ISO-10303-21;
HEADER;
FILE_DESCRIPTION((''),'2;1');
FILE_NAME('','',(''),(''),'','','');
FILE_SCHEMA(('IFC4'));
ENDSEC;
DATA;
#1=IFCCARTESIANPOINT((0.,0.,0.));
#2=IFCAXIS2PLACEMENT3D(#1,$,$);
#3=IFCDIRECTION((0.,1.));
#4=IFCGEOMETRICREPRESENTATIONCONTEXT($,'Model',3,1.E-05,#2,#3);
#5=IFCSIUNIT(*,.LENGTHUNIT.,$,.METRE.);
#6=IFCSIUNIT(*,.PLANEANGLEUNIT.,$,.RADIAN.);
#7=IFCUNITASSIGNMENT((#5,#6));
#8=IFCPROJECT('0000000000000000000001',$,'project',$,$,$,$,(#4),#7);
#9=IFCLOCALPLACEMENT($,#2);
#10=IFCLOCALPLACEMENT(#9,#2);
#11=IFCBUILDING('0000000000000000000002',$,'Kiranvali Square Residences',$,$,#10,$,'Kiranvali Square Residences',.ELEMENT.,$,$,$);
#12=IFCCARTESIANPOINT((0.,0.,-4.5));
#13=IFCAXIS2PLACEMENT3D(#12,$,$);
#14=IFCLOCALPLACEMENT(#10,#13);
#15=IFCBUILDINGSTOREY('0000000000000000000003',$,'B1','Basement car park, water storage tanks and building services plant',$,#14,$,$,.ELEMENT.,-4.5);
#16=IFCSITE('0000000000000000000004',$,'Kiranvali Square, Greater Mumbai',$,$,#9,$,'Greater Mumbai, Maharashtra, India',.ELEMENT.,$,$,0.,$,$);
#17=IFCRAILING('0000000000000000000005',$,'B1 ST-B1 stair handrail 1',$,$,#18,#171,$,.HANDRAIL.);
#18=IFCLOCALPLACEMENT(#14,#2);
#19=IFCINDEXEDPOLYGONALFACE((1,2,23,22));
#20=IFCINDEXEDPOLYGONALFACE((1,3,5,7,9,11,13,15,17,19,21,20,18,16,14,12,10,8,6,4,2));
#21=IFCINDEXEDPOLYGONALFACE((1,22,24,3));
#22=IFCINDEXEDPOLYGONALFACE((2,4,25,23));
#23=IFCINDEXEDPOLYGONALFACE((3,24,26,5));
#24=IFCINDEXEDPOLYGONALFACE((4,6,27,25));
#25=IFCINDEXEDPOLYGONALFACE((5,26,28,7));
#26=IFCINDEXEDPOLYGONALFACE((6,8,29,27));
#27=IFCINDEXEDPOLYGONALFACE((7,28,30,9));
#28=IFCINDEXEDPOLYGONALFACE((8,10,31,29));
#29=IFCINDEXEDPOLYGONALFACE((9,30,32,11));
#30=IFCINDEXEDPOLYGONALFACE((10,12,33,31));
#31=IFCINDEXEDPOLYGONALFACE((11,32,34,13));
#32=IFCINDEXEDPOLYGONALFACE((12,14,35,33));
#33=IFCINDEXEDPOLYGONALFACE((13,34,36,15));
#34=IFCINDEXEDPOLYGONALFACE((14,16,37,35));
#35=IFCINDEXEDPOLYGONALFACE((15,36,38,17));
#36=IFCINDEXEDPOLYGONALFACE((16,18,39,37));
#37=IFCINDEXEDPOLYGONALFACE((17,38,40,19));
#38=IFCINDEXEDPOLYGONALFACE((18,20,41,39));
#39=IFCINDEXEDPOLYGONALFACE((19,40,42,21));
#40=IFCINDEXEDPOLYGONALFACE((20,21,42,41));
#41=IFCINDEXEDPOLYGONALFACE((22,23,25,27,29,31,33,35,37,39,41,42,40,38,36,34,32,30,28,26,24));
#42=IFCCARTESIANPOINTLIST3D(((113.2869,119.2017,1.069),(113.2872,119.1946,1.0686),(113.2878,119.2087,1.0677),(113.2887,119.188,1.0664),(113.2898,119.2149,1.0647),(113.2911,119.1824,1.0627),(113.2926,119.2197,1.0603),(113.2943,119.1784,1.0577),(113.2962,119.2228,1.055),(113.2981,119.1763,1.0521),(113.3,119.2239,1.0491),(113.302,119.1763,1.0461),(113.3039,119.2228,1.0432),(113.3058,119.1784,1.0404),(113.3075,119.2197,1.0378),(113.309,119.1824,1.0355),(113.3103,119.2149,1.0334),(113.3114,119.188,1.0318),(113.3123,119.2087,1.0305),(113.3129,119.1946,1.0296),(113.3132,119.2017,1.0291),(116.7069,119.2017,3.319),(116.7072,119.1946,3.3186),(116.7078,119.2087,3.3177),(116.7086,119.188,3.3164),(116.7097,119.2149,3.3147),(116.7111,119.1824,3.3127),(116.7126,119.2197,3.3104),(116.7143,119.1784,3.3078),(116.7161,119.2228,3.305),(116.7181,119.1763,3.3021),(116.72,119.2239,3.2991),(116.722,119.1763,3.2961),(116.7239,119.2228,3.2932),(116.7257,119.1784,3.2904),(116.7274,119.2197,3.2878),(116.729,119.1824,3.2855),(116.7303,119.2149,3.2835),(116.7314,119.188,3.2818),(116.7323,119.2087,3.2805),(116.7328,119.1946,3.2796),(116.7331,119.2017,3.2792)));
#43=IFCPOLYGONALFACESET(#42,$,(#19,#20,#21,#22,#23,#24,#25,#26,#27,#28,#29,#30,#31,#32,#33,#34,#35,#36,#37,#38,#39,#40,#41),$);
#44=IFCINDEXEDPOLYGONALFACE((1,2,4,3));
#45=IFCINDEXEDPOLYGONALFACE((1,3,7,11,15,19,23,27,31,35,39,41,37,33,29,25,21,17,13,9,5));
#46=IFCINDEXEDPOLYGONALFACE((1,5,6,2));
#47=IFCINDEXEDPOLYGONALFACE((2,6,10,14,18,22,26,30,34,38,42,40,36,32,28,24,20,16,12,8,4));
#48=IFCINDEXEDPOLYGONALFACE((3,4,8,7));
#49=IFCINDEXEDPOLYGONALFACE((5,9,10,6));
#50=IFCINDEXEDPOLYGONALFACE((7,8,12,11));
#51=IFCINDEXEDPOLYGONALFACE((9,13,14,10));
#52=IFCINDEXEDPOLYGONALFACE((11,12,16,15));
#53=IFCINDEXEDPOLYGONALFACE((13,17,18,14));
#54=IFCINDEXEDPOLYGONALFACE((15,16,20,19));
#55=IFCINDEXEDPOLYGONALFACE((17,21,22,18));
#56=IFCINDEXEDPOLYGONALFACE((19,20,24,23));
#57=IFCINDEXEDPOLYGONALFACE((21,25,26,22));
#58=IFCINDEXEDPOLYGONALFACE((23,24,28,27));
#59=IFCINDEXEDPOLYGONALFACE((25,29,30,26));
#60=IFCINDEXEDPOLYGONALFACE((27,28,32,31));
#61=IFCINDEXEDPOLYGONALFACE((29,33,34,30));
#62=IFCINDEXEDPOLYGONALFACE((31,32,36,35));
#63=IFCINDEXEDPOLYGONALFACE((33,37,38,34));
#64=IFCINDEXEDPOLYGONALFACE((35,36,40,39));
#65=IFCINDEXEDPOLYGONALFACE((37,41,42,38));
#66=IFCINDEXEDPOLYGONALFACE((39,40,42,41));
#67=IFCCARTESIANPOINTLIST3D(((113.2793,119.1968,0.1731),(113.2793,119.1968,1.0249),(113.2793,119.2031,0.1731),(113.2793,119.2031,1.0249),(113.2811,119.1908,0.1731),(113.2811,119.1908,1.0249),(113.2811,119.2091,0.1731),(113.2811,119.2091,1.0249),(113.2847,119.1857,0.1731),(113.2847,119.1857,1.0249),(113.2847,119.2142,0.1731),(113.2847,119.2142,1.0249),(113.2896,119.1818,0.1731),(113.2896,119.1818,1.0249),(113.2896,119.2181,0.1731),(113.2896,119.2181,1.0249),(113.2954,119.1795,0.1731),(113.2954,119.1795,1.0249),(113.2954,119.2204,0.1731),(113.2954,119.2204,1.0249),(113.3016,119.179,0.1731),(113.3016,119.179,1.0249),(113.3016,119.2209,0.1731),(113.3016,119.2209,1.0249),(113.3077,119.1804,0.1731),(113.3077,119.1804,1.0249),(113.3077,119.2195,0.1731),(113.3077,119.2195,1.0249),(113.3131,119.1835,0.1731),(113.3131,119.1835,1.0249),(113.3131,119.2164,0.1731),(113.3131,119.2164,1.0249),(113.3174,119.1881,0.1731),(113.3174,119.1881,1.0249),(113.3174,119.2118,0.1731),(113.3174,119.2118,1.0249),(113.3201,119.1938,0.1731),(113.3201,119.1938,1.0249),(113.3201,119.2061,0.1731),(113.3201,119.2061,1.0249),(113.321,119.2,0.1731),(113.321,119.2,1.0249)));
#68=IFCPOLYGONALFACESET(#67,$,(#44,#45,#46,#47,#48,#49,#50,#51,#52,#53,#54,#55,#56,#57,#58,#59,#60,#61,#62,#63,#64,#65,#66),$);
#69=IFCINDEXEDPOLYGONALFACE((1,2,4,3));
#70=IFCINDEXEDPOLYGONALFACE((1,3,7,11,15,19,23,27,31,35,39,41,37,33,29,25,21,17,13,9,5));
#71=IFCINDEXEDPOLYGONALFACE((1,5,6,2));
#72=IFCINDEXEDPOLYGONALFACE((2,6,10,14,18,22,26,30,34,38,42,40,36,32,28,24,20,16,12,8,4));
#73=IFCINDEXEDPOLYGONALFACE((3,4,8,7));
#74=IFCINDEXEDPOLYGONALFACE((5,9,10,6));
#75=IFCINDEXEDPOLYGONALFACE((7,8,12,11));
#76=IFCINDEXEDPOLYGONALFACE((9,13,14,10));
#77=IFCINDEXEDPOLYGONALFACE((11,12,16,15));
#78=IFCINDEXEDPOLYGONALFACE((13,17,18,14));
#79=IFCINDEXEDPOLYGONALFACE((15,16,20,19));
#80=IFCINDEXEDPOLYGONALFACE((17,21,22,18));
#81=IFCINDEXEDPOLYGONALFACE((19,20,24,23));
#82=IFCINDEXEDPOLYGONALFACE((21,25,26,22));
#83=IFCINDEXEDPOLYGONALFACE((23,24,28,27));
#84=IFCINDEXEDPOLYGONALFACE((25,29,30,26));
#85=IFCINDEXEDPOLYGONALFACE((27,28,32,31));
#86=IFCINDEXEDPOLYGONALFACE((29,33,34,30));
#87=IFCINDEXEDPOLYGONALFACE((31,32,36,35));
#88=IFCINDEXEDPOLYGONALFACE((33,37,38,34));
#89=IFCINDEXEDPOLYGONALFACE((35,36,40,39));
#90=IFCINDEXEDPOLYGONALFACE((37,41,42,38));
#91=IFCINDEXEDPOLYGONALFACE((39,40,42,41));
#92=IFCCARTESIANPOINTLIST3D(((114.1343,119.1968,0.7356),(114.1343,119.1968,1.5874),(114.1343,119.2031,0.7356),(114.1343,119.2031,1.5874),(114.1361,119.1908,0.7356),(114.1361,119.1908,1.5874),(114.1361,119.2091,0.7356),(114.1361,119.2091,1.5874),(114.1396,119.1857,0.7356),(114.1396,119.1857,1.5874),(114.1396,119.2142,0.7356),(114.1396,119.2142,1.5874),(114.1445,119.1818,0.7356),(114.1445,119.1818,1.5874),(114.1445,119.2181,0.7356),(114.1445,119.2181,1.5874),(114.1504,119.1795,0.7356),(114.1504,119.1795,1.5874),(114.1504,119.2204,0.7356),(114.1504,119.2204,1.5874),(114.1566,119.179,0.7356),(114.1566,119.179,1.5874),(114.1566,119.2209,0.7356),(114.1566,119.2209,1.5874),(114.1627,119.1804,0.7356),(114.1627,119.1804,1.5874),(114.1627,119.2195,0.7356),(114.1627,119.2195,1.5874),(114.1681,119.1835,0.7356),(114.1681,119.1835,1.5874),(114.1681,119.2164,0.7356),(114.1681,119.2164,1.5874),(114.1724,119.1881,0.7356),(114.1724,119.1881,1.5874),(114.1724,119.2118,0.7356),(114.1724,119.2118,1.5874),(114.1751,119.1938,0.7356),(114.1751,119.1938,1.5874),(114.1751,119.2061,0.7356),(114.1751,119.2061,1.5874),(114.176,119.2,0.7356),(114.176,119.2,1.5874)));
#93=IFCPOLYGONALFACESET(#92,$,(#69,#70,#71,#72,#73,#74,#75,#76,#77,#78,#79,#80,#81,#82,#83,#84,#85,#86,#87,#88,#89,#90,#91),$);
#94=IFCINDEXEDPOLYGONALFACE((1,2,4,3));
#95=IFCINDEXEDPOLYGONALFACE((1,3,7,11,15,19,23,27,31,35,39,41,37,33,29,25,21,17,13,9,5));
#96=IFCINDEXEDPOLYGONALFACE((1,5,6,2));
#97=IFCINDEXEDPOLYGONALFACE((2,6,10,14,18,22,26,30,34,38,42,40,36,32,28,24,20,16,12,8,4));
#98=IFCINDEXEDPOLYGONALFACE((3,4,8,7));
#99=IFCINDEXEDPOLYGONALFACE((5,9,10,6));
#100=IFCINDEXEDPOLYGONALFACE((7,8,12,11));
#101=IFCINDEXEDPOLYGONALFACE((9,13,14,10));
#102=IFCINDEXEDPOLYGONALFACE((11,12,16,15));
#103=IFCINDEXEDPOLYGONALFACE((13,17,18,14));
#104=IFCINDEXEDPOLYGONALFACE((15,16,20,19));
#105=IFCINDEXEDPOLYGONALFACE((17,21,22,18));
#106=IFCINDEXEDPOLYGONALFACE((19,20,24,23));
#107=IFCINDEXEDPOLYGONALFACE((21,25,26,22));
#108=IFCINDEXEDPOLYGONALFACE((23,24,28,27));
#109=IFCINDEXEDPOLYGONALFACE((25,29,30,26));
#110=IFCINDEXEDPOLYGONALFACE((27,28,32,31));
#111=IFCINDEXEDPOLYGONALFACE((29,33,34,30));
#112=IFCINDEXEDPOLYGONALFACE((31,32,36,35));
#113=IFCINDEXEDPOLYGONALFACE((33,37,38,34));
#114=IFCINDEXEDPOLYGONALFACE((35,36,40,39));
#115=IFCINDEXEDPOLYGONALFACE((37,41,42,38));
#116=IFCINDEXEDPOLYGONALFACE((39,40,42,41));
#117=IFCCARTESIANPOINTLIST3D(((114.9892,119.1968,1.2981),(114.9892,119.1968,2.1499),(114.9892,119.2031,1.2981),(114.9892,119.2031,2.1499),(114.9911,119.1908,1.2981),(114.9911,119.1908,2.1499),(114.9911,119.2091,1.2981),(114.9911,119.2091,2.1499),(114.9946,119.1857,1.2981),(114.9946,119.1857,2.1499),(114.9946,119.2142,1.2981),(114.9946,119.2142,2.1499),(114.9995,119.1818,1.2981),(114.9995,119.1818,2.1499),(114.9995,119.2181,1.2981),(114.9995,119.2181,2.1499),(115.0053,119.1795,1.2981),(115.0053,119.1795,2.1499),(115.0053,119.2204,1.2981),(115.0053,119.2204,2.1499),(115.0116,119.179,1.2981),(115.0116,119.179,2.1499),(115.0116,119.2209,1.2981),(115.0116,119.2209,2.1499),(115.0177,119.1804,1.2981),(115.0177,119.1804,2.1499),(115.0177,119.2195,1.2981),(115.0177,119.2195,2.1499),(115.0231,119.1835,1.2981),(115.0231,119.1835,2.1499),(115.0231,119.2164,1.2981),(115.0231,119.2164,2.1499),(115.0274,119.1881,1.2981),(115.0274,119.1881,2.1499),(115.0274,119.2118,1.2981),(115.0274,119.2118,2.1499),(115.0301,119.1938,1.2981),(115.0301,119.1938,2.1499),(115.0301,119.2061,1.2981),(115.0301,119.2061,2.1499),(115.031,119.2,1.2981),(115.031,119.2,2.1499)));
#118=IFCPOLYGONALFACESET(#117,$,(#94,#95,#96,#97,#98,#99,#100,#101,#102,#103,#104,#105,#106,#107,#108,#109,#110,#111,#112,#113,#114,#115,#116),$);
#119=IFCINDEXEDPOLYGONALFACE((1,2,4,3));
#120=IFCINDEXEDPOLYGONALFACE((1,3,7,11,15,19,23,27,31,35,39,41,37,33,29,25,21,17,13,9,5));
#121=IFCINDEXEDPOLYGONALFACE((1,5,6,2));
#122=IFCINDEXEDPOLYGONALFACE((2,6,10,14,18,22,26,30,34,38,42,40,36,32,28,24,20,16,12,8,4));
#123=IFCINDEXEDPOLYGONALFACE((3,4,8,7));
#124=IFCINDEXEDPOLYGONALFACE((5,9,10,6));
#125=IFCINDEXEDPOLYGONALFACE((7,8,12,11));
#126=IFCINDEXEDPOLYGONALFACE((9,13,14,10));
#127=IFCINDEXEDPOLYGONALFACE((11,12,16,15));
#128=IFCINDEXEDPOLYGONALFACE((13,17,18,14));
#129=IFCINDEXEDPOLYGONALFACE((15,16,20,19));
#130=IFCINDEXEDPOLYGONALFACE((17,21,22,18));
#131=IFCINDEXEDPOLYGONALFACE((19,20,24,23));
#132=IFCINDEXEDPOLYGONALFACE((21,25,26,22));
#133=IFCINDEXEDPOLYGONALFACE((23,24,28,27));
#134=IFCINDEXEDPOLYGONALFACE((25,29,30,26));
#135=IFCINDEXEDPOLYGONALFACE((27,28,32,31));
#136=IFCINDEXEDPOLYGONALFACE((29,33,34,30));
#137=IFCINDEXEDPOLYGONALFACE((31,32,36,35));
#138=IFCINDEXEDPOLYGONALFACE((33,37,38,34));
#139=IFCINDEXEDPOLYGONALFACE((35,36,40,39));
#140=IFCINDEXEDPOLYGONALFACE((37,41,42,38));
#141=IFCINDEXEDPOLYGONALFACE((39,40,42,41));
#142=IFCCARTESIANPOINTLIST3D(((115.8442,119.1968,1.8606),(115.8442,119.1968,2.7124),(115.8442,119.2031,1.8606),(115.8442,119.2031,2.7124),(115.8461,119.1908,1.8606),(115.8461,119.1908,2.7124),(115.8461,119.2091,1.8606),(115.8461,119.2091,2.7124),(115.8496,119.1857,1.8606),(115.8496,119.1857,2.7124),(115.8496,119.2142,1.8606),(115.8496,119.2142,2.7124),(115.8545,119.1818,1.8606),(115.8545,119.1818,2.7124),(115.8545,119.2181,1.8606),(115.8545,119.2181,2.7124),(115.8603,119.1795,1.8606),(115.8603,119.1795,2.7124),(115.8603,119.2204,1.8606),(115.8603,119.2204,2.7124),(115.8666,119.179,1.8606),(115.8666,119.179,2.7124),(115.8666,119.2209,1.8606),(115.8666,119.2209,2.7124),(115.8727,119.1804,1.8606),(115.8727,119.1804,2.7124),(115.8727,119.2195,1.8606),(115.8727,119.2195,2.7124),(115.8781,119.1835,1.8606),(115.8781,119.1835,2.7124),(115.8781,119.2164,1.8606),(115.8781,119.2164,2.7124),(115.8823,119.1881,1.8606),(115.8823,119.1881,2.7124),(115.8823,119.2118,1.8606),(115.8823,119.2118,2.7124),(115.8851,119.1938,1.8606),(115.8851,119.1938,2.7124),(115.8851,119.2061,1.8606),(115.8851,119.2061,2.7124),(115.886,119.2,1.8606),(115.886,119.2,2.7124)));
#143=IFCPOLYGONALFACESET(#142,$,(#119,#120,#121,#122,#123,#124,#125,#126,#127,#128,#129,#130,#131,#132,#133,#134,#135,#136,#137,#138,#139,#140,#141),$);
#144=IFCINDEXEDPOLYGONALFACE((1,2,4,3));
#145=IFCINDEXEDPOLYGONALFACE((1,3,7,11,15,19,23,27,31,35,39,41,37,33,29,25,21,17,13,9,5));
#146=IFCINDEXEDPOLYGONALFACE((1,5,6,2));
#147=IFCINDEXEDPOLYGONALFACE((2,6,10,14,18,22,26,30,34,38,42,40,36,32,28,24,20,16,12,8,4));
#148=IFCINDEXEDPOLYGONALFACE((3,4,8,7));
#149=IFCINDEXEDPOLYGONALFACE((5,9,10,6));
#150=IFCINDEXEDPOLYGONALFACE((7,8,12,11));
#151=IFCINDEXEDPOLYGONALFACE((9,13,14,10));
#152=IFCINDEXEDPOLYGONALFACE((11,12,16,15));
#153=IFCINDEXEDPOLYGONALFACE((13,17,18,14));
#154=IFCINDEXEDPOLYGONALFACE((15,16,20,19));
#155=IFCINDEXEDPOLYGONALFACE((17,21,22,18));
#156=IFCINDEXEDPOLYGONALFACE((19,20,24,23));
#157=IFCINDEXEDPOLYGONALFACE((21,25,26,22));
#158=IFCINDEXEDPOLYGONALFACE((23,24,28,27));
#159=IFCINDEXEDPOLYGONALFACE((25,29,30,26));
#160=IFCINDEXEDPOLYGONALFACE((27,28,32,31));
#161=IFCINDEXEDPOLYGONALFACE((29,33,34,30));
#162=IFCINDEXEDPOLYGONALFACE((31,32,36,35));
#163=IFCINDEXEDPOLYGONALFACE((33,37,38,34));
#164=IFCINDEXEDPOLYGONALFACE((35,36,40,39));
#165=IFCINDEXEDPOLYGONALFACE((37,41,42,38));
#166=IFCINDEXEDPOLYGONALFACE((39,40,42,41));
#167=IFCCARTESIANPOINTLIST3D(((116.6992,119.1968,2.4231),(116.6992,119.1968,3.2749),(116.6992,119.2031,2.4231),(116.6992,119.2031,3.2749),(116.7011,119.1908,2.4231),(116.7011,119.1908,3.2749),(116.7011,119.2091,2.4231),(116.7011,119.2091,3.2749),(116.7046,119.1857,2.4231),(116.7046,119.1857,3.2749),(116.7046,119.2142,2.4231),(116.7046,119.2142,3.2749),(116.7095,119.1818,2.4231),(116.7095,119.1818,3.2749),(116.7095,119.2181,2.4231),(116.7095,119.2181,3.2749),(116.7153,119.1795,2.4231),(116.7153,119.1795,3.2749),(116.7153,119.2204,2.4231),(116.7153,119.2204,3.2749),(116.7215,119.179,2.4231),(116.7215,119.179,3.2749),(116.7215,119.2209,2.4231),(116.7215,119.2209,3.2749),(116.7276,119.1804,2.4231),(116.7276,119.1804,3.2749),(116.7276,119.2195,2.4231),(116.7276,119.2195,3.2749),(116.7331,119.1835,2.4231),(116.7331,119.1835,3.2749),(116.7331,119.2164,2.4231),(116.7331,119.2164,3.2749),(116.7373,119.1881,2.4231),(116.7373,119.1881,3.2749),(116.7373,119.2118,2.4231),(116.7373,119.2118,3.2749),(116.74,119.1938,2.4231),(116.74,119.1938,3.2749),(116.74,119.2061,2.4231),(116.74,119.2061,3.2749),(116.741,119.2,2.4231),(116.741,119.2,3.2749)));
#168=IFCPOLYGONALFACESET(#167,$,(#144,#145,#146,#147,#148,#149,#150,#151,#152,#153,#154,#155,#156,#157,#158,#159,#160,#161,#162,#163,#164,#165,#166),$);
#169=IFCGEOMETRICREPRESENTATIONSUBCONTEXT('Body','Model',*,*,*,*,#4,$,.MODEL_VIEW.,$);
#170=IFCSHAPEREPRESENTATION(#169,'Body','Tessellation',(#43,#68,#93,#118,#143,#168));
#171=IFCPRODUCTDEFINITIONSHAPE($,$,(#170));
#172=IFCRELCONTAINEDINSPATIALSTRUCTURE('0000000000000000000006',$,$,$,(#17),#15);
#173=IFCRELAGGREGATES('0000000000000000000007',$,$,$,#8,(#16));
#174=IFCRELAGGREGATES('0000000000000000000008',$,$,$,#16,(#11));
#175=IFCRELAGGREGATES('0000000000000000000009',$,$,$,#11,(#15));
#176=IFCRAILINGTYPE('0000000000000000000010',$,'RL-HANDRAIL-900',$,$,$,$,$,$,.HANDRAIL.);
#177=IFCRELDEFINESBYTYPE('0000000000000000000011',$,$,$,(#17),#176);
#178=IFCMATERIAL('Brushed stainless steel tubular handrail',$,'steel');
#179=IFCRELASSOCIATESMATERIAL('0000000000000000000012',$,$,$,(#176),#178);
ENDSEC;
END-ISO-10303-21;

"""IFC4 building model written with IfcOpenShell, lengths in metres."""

from ifc_helpers import new_model, si_unit, direction, frame, origin, origin_2d, place, context, subcontext, project, spatial, circle, extrude, material, type_object, element, save


model = new_model("IFC4")

# Units and contexts
model_context = context("Model", 3, precision=1e-05, world=origin(), true_north=direction((0.0, 1.0)))
body_context = subcontext(model_context, "Body", "Model", "MODEL_VIEW")
ifc_project = project(units=[si_unit("LENGTHUNIT", "METRE"), si_unit("PLANEANGLEUNIT", "RADIAN")], contexts=[model_context])

# Site, building, storey
site_placement = place(None, origin())
site = spatial("IfcSite", under=ifc_project, at=site_placement, Name="Kiranvali Square, Greater Mumbai", LongName="Greater Mumbai, Maharashtra, India", CompositionType="ELEMENT", RefElevation=0.0)
building_placement = place(site_placement, origin())
building = spatial("IfcBuilding", under=site, at=building_placement, Name="Kiranvali Square Residences", LongName="Kiranvali Square Residences", CompositionType="ELEMENT")
storey_placement = place(building_placement, frame((0.0, 0.0, -4.5)))
storey = spatial("IfcBuildingStorey", under=building, at=storey_placement, Name="B1", Description="Basement car park, water storage tanks and building services plant", CompositionType="ELEMENT", Elevation=-4.5)

# Railing
ifc_material_1 = material(Name="Brushed stainless steel tubular handrail", Category="steel")
railing_type_1 = type_object("IfcRailingType", Name="RL-HANDRAIL-900", PredefinedType="HANDRAIL", material=ifc_material_1)
railing_1_placement = place(storey_placement, frame((113.3, 119.2, 0.1731)))
element("IfcRailing", 1, at=railing_1_placement, inside=storey, type_object=railing_type_1, Name="B1 ST-B1 stair handrail 1", PredefinedType="HANDRAIL", context=body_context, shape_type="SweptSolid", body=[
    extrude(circle(Radius=0.0239, at=origin_2d()), frame((0.0, 0.0, 0.876), z_axis=(0.835411, 0.0, 0.549625), x_axis=(0.0, 1.0, 0.0)), (0.0, 0.0, 1.0), 4.0938),
    extrude(circle(Radius=0.021, at=origin_2d()), origin(), (0.0, 0.0, 1.0), 0.8518),
    extrude(circle(Radius=0.021, at=origin_2d()), frame((0.855, 0.0, 0.5625)), (0.0, 0.0, 1.0), 0.8518),
    extrude(circle(Radius=0.021, at=origin_2d()), frame((1.71, 0.0, 1.125)), (0.0, 0.0, 1.0), 0.8518),
    extrude(circle(Radius=0.021, at=origin_2d()), frame((2.5649, 0.0, 1.6875)), (0.0, 0.0, 1.0), 0.8518),
    extrude(circle(Radius=0.021, at=origin_2d()), frame((3.4199, 0.0, 2.25)), (0.0, 0.0, 1.0), 0.8518),
])

save(model, "model.ifc")
